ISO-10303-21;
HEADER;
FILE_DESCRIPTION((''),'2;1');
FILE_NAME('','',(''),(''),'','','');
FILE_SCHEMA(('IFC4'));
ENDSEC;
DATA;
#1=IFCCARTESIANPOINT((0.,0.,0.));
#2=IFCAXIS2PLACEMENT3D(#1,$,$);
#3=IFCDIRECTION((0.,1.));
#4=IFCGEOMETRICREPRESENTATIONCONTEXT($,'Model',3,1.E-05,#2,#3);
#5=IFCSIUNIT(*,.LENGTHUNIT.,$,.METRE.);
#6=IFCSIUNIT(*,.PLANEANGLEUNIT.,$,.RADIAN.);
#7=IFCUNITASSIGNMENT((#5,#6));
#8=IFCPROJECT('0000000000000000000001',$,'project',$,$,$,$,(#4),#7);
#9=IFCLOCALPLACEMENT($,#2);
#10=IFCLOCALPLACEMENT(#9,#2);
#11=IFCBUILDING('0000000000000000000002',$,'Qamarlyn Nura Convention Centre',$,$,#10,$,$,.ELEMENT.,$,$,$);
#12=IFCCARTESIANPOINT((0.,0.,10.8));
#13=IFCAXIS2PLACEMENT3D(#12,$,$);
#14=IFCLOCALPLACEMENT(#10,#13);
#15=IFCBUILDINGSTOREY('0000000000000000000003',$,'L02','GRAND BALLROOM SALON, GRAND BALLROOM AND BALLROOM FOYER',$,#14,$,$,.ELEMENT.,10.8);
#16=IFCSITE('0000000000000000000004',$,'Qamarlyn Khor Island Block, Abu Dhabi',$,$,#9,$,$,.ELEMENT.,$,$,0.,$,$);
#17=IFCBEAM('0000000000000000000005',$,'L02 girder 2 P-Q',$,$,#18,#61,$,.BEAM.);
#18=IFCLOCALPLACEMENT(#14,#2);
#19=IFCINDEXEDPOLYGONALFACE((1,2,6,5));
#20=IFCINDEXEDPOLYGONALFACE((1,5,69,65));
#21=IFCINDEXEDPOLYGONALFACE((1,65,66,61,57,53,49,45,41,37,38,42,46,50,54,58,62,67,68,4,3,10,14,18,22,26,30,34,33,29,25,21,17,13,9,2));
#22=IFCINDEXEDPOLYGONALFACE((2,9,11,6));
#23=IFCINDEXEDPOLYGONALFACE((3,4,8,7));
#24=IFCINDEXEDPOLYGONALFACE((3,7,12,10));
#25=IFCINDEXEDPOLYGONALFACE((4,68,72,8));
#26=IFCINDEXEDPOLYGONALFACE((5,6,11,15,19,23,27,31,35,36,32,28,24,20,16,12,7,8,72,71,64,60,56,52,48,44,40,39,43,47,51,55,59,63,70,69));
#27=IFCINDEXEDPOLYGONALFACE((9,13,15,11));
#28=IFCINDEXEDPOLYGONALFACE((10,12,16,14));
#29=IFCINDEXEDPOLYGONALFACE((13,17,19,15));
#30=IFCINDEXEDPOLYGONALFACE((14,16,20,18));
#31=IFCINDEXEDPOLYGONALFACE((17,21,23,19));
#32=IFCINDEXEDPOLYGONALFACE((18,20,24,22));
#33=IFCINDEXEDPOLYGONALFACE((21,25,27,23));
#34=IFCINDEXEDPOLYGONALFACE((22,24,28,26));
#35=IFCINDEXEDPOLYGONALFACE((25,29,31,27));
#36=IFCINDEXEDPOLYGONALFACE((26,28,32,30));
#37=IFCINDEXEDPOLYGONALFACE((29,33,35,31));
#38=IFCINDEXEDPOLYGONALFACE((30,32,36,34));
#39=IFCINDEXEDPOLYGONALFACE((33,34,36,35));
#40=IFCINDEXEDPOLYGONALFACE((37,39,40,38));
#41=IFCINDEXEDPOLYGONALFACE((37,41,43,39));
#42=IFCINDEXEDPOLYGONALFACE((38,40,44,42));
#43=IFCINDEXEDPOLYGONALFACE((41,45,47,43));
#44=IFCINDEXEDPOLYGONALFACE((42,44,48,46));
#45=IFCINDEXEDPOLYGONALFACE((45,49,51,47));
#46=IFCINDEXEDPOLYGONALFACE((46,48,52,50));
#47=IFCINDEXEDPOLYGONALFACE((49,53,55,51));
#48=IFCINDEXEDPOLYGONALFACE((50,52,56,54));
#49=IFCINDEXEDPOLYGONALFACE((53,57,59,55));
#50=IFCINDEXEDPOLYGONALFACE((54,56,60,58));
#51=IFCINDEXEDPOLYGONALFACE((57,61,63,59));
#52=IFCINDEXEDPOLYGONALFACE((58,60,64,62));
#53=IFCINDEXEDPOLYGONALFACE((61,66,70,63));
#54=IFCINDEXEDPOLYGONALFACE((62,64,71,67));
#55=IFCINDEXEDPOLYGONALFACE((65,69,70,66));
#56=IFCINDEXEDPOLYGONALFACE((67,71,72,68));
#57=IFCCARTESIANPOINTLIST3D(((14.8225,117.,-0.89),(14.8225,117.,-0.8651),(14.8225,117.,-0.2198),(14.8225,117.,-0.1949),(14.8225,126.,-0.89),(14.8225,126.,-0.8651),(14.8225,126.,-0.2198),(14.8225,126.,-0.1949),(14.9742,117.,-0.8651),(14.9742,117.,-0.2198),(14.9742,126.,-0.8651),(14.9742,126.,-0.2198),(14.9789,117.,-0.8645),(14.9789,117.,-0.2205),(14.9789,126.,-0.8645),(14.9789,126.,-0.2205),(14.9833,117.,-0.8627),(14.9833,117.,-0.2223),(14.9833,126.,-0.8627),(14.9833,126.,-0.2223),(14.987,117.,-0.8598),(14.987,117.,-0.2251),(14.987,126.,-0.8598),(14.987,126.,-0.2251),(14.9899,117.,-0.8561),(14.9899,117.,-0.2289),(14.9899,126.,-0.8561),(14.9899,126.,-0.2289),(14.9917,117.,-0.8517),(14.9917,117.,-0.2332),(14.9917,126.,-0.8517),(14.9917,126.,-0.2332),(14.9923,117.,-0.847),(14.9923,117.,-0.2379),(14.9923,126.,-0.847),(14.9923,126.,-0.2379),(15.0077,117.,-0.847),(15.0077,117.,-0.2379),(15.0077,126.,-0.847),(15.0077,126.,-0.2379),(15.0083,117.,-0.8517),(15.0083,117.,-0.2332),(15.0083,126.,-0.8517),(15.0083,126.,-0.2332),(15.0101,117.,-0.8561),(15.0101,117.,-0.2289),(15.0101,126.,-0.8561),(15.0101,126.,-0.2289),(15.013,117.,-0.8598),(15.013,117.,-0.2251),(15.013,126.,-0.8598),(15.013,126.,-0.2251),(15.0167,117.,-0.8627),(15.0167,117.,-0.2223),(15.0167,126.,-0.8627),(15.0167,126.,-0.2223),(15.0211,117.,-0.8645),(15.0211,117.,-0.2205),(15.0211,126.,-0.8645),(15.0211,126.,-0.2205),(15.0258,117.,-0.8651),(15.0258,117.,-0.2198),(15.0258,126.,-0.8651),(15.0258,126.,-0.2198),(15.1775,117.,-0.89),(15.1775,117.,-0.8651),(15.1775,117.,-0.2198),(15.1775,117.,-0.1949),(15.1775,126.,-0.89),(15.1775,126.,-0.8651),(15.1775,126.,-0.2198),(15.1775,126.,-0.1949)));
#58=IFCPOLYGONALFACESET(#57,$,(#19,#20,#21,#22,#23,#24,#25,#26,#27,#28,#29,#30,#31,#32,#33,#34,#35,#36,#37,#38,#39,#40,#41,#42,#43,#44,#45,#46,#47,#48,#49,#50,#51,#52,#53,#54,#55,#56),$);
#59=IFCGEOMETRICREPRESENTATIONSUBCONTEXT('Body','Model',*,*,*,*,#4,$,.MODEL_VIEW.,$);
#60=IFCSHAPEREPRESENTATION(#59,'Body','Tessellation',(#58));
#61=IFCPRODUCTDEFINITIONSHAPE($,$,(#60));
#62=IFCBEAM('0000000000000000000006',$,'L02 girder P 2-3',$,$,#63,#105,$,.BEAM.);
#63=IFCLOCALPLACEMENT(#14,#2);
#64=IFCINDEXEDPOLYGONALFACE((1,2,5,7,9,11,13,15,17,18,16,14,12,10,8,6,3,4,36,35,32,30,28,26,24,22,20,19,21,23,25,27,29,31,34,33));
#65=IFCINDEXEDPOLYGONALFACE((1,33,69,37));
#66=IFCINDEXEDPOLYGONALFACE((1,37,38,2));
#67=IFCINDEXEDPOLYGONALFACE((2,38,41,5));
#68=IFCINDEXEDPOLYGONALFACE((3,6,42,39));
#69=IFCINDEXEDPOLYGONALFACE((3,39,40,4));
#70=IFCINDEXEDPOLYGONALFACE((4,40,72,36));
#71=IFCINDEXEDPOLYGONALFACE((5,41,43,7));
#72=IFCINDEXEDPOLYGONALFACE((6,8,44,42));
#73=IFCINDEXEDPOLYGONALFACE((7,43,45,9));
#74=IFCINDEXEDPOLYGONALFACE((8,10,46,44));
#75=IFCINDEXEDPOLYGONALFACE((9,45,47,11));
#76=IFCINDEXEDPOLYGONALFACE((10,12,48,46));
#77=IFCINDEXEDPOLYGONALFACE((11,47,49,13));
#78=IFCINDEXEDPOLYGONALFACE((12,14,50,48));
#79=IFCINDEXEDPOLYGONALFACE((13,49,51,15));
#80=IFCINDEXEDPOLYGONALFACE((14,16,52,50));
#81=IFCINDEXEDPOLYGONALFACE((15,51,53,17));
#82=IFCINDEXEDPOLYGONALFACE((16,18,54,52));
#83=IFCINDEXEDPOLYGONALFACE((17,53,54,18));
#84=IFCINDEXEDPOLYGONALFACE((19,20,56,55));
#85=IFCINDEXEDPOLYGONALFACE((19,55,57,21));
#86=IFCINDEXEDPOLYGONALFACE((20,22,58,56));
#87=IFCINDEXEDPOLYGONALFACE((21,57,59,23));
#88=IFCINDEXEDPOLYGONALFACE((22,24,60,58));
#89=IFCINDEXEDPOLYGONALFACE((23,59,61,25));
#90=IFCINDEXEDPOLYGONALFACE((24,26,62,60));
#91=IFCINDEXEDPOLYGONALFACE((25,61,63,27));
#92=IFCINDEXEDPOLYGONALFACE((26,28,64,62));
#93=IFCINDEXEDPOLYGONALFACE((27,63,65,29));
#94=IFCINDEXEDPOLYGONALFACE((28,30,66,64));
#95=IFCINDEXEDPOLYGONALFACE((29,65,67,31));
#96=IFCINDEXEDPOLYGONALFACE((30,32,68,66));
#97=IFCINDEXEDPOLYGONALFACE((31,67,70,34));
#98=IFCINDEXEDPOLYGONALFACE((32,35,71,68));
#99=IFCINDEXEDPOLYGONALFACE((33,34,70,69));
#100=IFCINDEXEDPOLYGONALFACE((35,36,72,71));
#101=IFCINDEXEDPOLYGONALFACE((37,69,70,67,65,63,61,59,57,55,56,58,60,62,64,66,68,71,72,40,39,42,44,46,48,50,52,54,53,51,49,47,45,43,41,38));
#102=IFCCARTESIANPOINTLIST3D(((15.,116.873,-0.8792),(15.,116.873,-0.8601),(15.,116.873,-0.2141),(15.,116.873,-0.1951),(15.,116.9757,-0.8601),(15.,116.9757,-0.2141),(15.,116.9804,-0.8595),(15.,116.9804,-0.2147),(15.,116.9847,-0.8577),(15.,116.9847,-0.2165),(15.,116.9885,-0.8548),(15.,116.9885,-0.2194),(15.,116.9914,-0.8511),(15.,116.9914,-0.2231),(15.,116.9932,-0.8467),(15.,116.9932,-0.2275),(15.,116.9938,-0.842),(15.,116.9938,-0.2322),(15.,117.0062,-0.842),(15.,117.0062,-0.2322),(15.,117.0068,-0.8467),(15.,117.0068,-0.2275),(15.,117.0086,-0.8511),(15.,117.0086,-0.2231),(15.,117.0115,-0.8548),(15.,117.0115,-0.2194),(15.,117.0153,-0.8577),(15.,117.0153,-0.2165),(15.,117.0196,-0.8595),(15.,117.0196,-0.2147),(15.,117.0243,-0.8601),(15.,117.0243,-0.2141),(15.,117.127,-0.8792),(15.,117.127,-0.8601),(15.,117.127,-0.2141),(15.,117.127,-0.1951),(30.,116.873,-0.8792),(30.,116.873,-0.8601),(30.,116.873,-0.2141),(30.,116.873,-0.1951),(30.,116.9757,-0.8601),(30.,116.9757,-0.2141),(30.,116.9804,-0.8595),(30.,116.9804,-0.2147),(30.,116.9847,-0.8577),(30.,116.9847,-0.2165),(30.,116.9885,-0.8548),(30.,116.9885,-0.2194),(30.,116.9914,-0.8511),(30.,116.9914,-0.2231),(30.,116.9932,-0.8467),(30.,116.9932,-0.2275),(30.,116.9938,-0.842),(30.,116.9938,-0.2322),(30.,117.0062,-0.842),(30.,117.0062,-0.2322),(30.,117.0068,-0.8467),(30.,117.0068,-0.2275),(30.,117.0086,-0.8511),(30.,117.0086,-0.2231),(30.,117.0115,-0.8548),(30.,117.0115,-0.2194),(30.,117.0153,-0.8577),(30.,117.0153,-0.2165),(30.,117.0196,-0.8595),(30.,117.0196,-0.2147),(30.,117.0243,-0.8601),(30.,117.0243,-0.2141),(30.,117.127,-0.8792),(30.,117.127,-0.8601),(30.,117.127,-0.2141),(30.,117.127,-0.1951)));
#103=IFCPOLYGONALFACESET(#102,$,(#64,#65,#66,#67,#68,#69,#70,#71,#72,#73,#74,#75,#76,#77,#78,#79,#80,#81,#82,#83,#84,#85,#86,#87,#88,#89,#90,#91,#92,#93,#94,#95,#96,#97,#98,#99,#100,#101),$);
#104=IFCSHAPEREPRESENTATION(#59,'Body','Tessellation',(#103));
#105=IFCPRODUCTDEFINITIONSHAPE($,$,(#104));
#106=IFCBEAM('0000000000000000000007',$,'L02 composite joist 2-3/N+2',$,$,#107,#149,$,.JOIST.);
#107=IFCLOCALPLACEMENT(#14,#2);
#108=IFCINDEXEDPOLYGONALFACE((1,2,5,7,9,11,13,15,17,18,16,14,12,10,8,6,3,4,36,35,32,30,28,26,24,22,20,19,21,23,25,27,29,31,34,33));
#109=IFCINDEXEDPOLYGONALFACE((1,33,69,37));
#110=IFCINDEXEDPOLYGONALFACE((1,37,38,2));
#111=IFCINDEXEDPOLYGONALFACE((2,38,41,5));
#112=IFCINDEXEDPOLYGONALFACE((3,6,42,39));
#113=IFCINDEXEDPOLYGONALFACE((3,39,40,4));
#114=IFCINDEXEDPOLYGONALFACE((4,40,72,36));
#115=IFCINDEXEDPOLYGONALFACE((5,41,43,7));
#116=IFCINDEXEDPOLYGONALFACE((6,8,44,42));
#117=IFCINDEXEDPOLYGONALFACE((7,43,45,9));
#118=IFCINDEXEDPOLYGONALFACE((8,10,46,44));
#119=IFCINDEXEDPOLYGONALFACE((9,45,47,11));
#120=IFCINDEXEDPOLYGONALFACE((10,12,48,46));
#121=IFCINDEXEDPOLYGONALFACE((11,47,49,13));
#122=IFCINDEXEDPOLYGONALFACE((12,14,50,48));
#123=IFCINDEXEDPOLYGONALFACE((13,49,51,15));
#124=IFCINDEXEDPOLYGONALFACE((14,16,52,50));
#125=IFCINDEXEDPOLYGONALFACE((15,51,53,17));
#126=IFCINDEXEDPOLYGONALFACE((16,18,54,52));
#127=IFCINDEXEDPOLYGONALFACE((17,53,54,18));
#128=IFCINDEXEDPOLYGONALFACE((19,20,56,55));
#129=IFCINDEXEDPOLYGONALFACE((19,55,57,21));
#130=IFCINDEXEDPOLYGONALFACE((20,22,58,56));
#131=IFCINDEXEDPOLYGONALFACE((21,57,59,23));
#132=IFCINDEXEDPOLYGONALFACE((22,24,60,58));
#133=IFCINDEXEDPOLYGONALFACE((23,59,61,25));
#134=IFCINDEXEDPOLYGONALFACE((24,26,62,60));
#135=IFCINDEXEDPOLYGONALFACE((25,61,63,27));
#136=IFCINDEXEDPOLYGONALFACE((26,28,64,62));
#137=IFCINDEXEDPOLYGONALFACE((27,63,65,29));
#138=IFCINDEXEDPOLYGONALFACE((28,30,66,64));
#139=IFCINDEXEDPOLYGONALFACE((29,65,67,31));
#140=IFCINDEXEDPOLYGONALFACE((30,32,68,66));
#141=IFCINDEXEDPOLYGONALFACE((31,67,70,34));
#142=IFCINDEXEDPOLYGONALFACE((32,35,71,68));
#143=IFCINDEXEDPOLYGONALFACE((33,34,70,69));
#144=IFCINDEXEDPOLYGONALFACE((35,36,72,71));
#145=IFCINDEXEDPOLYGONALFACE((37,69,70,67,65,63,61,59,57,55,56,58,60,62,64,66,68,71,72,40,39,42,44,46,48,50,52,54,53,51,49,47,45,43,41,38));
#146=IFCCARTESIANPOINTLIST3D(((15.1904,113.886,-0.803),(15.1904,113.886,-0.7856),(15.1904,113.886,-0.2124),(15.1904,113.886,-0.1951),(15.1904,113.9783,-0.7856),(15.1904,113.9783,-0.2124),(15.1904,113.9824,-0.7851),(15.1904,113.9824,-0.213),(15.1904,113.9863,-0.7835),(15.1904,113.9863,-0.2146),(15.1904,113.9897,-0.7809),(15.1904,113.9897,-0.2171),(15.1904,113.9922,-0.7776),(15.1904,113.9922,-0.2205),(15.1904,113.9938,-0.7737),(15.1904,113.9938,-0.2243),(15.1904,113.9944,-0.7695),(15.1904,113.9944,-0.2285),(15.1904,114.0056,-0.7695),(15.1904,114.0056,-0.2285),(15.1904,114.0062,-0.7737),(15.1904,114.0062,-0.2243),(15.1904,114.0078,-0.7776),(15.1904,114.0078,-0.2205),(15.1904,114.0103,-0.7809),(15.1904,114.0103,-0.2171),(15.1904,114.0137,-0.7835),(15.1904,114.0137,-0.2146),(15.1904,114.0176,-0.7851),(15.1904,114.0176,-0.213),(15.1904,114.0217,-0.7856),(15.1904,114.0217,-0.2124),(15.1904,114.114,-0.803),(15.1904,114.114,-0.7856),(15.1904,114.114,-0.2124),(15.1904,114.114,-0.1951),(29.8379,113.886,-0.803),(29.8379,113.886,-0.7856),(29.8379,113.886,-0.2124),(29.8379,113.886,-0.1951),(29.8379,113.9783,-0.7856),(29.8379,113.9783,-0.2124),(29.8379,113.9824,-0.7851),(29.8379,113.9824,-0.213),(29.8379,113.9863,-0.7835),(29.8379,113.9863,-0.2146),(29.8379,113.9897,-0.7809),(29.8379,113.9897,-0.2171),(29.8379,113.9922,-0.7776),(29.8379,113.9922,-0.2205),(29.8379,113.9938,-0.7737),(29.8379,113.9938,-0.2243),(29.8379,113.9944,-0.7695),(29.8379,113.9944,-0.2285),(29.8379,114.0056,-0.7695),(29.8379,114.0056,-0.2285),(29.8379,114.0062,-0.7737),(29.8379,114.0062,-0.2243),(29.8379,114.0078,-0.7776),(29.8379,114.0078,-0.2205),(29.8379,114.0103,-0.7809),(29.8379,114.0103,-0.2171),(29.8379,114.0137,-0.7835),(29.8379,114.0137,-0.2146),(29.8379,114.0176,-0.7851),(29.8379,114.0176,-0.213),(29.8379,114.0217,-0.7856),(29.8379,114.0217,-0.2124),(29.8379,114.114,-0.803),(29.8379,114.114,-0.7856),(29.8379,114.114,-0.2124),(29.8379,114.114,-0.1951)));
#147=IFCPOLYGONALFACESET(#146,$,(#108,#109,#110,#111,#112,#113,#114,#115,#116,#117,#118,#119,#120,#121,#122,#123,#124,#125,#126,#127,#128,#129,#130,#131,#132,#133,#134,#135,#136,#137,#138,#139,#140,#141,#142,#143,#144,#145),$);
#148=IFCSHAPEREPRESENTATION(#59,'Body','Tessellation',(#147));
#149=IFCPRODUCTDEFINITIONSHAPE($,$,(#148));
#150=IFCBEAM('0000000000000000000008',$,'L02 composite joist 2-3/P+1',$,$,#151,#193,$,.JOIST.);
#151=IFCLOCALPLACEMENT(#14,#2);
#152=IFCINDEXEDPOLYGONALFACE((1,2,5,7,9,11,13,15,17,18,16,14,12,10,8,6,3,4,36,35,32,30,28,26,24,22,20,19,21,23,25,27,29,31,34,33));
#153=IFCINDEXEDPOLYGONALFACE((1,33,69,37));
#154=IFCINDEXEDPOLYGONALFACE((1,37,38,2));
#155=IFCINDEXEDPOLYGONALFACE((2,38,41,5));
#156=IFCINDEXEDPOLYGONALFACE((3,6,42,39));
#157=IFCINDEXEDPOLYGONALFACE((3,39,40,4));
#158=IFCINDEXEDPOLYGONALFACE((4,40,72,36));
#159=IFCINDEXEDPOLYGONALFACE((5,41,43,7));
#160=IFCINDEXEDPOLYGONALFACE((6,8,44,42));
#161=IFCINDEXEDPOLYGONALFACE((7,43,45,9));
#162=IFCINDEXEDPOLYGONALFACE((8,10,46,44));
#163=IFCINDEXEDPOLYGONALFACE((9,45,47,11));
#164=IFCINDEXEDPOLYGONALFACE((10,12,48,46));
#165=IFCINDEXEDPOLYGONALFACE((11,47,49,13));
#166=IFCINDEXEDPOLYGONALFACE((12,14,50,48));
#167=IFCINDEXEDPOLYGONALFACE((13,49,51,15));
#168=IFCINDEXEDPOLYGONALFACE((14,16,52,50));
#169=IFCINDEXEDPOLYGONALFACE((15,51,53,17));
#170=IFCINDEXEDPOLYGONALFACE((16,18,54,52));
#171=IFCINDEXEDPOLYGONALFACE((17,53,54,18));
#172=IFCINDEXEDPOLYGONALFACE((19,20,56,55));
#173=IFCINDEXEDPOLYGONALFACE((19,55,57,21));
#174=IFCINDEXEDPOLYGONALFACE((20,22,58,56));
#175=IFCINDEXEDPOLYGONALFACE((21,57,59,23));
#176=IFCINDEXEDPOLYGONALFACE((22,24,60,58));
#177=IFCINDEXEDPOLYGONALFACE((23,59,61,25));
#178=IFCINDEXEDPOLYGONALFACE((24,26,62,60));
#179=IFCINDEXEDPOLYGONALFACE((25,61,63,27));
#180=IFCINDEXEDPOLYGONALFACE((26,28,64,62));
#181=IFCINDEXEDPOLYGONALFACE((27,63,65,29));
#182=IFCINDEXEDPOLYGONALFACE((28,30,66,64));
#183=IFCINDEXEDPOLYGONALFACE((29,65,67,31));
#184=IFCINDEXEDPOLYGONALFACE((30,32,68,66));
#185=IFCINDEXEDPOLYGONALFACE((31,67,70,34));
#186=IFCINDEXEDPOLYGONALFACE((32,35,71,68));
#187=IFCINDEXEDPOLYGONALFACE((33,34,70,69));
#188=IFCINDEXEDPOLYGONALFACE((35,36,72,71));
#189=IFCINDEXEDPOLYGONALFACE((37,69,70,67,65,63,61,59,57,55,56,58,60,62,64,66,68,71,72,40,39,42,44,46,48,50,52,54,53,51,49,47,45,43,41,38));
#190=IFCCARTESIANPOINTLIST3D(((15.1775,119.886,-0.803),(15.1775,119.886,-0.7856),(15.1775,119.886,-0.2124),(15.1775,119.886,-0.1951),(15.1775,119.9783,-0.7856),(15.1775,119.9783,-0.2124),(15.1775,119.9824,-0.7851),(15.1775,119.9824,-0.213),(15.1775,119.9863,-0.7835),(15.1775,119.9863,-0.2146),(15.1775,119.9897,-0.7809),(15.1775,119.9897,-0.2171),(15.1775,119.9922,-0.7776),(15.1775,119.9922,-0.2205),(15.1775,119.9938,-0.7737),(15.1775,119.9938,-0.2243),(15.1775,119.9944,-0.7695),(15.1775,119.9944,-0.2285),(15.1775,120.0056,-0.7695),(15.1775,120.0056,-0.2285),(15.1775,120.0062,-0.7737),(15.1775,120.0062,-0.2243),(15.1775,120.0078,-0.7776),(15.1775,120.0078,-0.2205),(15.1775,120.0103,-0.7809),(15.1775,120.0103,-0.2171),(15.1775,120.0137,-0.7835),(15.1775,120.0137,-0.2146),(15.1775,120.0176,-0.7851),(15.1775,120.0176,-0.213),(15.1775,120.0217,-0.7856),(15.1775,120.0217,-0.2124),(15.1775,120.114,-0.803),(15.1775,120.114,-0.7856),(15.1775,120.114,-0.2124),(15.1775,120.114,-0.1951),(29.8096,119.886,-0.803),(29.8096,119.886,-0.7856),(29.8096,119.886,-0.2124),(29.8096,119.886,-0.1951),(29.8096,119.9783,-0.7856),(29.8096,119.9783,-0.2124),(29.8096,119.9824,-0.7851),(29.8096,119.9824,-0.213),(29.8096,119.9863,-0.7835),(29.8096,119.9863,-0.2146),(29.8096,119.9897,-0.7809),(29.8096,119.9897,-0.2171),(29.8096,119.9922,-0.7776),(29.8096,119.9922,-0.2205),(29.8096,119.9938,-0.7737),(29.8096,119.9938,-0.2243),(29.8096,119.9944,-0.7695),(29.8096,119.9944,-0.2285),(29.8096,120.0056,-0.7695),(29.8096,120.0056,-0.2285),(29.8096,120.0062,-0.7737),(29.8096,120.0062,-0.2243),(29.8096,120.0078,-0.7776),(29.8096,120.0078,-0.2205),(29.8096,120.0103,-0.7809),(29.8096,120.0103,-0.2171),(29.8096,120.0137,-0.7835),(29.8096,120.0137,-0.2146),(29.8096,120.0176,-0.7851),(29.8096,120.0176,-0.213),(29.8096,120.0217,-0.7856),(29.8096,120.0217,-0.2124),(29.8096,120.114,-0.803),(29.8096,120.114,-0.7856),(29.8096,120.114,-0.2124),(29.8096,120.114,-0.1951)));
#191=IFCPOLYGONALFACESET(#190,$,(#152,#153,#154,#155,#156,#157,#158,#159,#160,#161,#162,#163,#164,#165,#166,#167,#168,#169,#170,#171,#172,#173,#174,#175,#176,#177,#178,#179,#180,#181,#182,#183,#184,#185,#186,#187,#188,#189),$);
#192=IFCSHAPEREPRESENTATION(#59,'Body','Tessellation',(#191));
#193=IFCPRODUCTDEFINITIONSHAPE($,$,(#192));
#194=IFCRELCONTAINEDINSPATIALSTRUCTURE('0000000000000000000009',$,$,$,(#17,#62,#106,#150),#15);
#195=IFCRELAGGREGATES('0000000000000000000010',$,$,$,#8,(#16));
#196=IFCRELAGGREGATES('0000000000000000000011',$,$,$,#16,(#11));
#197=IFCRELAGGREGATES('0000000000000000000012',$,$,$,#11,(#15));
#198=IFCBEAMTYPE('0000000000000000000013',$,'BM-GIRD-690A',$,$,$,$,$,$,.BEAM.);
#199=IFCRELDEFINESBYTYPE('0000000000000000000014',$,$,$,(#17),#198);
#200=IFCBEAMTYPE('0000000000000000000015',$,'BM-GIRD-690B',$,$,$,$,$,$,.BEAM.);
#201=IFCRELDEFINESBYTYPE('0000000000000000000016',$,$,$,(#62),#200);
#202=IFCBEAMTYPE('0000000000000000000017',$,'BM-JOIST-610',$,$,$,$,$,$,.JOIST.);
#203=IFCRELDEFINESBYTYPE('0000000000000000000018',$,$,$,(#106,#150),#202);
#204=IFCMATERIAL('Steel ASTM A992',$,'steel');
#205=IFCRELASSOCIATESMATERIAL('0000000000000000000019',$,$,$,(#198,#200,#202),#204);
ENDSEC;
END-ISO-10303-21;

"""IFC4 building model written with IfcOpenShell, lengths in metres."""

from ifc_helpers import new_model, si_unit, direction, frame, origin, origin_2d, place, context, subcontext, project, spatial, i_section, extrude, material, material_profile, profile_set, type_object, element, save


model = new_model("IFC4")

# Units and contexts
model_context = context("Model", 3, precision=1e-05, world=origin(), true_north=direction((0.0, 1.0)))
body_context = subcontext(model_context, "Body", "Model", "MODEL_VIEW")
ifc_project = project(units=[si_unit("LENGTHUNIT", "METRE"), si_unit("PLANEANGLEUNIT", "RADIAN")], contexts=[model_context])

# Site, building, storey
site_placement = place(None, origin())
site = spatial("IfcSite", under=ifc_project, at=site_placement, Name="Qamarlyn Khor Island Block, Abu Dhabi", CompositionType="ELEMENT", RefElevation=0.0)
building_placement = place(site_placement, origin())
building = spatial("IfcBuilding", under=site, at=building_placement, Name="Qamarlyn Nura Convention Centre", CompositionType="ELEMENT")
storey_placement = place(building_placement, frame((0.0, 0.0, 10.8)))
storey = spatial("IfcBuildingStorey", under=building, at=storey_placement, Name="L02", Description="GRAND BALLROOM SALON, GRAND BALLROOM AND BALLROOM FOYER", CompositionType="ELEMENT", Elevation=10.8)

# Beams
ifc_material_1 = material(Name="Steel ASTM A992", Category="steel")
ifc_material_profile_1 = material_profile(ifc_material_1, i_section(OverallWidth=0.355, OverallDepth=0.6951, WebThickness=0.0154, FlangeThickness=0.0249, FilletRadius=0.0181, at=origin_2d()), Name="W690X217")
ifc_profile_set_1 = profile_set([ifc_material_profile_1], Name="Steel ASTM A992")
beam_type_1 = type_object("IfcBeamType", Name="BM-GIRD-690A", PredefinedType="BEAM", material=ifc_profile_set_1)
beam_1_placement = place(storey_placement, frame((15.0, 117.0, -0.5425), z_axis=(0.0, 1.0, 0.0), x_axis=(-1.0, 0.0, 0.0)))
element("IfcBeam", 1, at=beam_1_placement, inside=storey, type_object=beam_type_1, Name="L02 girder 2 P-Q", PredefinedType="BEAM", context=body_context, shape_type="SweptSolid", body=[
    extrude(i_section(OverallWidth=0.355, OverallDepth=0.6951, WebThickness=0.0154, FlangeThickness=0.0249, FilletRadius=0.0181, at=origin_2d()), origin(), (0.0, 0.0, 1.0), 9.0),
])
ifc_material_profile_2 = material_profile(ifc_material_1, i_section(OverallWidth=0.2539, OverallDepth=0.6841, WebThickness=0.0125, FlangeThickness=0.019, FilletRadius=0.0181, at=origin_2d()), Name="W690X140")
ifc_profile_set_2 = profile_set([ifc_material_profile_2], Name="Steel ASTM A992")
beam_type_2 = type_object("IfcBeamType", Name="BM-GIRD-690B", PredefinedType="BEAM", material=ifc_profile_set_2)
beam_2_placement = place(storey_placement, frame((15.0, 117.0, -0.5371), z_axis=(1.0, 0.0, 0.0), x_axis=(0.0, 1.0, 0.0)))
element("IfcBeam", 2, at=beam_2_placement, inside=storey, type_object=beam_type_2, Name="L02 girder P 2-3", PredefinedType="BEAM", context=body_context, shape_type="SweptSolid", body=[
    extrude(i_section(OverallWidth=0.2539, OverallDepth=0.6841, WebThickness=0.0125, FlangeThickness=0.019, FilletRadius=0.0181, at=origin_2d()), origin(), (0.0, 0.0, 1.0), 15.0),
])
ifc_material_profile_3 = material_profile(ifc_material_1, i_section(OverallWidth=0.228, OverallDepth=0.6079, WebThickness=0.0112, FlangeThickness=0.0173, FilletRadius=0.0161, at=origin_2d()), Name="W610X113")
ifc_profile_set_3 = profile_set([ifc_material_profile_3], Name="Steel ASTM A992")
beam_type_3 = type_object("IfcBeamType", Name="BM-JOIST-610", PredefinedType="JOIST", material=ifc_profile_set_3)
beam_3_placement = place(storey_placement, frame((15.1904, 114.0, -0.499), z_axis=(1.0, 0.0, 0.0), x_axis=(0.0, 1.0, 0.0)))
element("IfcBeam", 3, at=beam_3_placement, inside=storey, type_object=beam_type_3, Name="L02 composite joist 2-3/N+2", PredefinedType="JOIST", context=body_context, shape_type="SweptSolid", body=[
    extrude(i_section(OverallWidth=0.228, OverallDepth=0.6079, WebThickness=0.0112, FlangeThickness=0.0173, FilletRadius=0.0161, at=origin_2d()), origin(), (0.0, 0.0, 1.0), 14.6475),
])
for number, where, z_axis, x_axis, name in (
    (4, (15.1775, 120.0, -0.499), (1.0, 0.0, 0.0), (0.0, 1.0, 0.0), "L02 composite joist 2-3/P+1"),
):
    element("IfcBeam", number, at=place(storey_placement, frame(where, z_axis=z_axis, x_axis=x_axis)), inside=storey, type_object=beam_type_3, Name=name, PredefinedType="JOIST", context=body_context, shape_type="SweptSolid", body=[
        extrude(i_section(OverallWidth=0.228, OverallDepth=0.6079, WebThickness=0.0112, FlangeThickness=0.0173, FilletRadius=0.0161, at=origin_2d()), origin(), (0.0, 0.0, 1.0), 14.6321),
    ])

save(model, "model.ifc")
